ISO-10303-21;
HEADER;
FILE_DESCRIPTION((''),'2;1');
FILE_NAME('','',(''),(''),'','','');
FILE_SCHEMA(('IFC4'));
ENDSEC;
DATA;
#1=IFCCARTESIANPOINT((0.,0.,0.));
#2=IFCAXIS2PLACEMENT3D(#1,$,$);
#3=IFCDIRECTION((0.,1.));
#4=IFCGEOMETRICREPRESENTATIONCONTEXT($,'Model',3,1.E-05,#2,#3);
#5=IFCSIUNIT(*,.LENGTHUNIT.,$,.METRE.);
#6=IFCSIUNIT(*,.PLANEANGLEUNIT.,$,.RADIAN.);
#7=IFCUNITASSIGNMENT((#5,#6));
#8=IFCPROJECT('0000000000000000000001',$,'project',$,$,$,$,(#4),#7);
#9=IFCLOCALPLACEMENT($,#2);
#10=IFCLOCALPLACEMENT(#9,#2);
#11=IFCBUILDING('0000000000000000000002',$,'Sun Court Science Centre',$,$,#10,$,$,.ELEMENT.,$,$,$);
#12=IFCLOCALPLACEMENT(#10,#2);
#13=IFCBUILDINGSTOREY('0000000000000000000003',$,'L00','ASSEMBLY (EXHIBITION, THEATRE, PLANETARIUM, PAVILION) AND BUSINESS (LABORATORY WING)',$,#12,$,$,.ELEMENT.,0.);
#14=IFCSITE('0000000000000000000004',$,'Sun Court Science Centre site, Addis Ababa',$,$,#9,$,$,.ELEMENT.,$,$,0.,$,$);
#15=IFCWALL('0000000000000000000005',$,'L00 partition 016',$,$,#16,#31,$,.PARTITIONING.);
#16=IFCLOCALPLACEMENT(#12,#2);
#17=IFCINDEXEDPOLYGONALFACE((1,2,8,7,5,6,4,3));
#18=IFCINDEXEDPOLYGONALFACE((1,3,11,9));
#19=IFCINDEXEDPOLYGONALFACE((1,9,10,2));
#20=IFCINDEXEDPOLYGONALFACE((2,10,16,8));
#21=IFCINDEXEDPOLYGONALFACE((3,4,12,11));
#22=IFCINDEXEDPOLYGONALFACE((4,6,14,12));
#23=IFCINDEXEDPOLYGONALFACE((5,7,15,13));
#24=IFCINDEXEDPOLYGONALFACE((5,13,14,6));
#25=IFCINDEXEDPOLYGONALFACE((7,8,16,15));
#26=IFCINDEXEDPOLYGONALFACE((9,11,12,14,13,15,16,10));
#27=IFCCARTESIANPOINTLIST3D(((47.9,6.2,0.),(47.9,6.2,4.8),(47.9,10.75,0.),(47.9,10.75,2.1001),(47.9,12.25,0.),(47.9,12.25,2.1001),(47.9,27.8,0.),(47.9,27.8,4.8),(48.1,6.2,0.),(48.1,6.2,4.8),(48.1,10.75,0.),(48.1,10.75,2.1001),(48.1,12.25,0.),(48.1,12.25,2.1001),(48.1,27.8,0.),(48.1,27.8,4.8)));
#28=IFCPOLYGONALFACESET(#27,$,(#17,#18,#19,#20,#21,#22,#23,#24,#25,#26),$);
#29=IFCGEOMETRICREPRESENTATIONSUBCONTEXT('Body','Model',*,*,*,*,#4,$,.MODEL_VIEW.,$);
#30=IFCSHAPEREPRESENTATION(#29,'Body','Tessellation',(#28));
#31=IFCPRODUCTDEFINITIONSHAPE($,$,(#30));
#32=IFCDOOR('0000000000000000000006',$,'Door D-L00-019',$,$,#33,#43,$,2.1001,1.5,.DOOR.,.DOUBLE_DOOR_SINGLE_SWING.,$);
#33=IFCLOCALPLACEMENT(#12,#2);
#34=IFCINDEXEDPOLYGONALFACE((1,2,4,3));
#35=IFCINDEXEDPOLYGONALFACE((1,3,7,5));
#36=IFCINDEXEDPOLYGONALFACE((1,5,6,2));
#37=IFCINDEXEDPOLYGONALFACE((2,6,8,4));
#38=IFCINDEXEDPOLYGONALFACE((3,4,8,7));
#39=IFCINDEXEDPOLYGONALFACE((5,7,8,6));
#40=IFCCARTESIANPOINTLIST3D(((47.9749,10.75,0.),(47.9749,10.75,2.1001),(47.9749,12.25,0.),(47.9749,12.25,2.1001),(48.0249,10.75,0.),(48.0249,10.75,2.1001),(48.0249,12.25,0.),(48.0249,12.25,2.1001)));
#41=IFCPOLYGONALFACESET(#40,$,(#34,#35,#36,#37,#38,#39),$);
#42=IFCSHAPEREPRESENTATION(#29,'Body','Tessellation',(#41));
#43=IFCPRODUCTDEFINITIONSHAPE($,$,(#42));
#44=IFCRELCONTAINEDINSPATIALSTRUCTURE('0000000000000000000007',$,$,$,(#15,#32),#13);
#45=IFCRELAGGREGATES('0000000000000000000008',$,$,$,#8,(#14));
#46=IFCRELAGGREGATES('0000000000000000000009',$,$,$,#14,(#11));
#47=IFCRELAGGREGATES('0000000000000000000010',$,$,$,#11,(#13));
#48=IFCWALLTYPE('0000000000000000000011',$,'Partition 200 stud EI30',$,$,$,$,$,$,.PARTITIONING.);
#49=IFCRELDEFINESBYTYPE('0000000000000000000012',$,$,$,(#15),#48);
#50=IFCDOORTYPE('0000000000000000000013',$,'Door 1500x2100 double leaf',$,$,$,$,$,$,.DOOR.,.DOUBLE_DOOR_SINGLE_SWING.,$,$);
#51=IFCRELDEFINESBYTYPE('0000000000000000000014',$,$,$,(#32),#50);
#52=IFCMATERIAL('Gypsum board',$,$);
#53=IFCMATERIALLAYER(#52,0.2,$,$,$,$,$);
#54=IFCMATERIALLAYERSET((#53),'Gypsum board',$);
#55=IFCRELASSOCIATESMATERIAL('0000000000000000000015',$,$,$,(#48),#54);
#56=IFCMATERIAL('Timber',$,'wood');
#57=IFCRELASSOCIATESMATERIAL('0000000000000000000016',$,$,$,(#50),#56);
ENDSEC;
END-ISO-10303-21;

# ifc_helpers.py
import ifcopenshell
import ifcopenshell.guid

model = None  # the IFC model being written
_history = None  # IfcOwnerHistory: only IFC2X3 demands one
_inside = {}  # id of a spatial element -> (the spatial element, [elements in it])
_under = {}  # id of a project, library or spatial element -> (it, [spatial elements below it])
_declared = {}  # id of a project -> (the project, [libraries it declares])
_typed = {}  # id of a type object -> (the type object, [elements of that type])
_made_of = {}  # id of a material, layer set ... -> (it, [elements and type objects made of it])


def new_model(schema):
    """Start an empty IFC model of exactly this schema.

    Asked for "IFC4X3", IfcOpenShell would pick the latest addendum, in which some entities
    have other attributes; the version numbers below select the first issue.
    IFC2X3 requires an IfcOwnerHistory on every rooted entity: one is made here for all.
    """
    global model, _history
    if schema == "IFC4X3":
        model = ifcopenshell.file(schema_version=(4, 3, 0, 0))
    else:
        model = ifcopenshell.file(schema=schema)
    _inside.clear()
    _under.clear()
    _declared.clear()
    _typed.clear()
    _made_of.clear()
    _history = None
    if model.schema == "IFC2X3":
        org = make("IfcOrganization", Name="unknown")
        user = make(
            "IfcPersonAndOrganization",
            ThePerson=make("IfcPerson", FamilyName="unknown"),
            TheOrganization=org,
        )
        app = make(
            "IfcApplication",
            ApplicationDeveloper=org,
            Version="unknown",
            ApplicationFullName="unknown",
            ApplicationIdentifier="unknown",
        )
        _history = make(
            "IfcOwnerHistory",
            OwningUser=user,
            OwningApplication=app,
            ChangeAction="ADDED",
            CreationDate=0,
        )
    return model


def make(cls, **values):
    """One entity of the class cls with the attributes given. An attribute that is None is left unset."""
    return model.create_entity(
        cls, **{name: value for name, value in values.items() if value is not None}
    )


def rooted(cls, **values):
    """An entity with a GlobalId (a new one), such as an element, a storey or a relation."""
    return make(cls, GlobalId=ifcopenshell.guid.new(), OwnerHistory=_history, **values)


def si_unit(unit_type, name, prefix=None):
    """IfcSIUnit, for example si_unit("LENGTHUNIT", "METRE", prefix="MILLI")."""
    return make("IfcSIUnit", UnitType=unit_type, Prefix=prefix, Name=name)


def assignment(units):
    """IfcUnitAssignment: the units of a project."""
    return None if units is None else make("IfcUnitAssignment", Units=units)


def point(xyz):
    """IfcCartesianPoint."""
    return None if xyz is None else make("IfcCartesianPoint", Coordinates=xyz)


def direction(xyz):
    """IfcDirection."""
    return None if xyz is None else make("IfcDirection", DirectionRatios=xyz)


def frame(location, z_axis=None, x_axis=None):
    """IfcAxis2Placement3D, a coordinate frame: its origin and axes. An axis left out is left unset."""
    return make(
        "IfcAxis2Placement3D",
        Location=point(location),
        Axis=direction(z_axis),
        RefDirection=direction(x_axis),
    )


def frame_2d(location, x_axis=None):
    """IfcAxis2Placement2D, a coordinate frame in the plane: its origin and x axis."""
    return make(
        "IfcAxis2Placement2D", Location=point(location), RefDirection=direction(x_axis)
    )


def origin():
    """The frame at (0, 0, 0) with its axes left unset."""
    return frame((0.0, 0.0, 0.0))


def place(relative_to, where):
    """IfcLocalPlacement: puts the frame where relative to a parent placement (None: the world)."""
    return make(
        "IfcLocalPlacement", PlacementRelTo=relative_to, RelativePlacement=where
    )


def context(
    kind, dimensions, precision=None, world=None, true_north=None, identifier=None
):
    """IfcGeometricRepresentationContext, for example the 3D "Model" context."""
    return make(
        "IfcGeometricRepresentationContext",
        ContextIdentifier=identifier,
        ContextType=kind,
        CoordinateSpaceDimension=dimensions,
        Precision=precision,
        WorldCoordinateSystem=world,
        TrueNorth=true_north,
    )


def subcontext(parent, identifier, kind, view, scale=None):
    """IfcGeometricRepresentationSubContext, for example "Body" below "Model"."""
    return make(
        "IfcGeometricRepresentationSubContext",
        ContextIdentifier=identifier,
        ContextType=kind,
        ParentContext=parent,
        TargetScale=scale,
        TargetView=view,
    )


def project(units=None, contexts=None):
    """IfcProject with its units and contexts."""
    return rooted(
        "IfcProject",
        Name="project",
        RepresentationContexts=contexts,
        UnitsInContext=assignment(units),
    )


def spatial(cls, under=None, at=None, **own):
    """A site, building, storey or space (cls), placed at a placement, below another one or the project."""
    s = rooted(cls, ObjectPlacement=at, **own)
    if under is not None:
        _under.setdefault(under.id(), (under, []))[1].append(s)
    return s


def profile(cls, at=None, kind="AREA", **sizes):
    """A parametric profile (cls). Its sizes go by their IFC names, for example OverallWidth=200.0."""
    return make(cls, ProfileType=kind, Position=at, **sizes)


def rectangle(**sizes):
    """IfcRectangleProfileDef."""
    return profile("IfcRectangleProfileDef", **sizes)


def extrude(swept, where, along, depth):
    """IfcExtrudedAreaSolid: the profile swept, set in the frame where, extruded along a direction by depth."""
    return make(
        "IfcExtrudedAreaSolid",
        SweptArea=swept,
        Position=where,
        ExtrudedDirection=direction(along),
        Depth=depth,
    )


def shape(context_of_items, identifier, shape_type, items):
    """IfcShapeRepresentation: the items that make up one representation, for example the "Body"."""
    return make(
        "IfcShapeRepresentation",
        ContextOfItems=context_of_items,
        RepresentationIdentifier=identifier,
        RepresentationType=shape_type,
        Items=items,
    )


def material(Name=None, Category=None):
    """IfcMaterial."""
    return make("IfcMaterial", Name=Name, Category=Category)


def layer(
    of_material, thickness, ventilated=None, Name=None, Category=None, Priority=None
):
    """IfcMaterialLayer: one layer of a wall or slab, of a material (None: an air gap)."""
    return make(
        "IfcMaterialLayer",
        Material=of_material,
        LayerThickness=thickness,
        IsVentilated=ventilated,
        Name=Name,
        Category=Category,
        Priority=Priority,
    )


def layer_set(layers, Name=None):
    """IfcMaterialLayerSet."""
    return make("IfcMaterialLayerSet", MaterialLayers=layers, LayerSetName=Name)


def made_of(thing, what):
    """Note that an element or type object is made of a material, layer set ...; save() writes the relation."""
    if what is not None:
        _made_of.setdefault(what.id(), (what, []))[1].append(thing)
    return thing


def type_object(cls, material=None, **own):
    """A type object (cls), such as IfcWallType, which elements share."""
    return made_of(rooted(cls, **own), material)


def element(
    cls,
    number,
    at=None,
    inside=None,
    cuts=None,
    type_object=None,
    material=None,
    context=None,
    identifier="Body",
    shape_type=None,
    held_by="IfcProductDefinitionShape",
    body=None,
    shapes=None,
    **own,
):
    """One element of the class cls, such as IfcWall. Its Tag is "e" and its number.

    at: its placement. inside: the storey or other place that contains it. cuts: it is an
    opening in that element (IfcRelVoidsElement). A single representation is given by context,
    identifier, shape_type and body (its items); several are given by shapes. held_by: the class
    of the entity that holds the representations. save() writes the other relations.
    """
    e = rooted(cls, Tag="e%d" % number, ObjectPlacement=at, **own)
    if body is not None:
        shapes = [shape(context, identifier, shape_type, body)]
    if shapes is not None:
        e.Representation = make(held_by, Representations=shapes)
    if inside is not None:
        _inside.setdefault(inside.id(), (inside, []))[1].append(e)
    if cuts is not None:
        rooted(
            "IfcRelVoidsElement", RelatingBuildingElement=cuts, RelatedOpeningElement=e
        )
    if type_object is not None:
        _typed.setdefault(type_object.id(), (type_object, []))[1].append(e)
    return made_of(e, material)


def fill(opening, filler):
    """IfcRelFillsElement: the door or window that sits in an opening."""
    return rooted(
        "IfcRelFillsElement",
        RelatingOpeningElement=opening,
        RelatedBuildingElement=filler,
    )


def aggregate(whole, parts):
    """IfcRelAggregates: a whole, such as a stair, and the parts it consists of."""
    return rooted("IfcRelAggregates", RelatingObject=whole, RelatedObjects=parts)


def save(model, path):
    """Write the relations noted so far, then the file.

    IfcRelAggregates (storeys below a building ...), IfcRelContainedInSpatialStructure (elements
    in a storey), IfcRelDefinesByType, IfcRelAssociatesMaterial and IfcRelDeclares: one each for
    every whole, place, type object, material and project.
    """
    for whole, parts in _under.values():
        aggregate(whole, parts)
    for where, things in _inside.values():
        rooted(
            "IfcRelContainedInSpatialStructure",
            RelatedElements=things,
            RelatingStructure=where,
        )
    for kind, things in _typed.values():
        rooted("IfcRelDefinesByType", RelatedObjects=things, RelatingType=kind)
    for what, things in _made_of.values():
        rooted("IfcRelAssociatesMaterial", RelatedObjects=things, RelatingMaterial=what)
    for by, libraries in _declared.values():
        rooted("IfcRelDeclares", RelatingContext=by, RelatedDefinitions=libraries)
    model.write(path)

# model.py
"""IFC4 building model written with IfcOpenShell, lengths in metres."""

from ifc_helpers import new_model, si_unit, direction, frame, frame_2d, origin, place, context, subcontext, project, spatial, rectangle, extrude, material, layer, layer_set, type_object, element, fill, save


model = new_model("IFC4")

# Units and contexts
model_context = context("Model", 3, precision=1e-05, world=origin(), true_north=direction((0.0, 1.0)))
body_context = subcontext(model_context, "Body", "Model", "MODEL_VIEW")
ifc_project = project(units=[si_unit("LENGTHUNIT", "METRE"), si_unit("PLANEANGLEUNIT", "RADIAN")], contexts=[model_context])

# Site, building, storey
site_placement = place(None, origin())
site = spatial("IfcSite", under=ifc_project, at=site_placement, Name="Sun Court Science Centre site, Addis Ababa", CompositionType="ELEMENT", RefElevation=0.0)
building_placement = place(site_placement, origin())
building = spatial("IfcBuilding", under=site, at=building_placement, Name="Sun Court Science Centre", CompositionType="ELEMENT")
storey_placement = place(building_placement, origin())
storey = spatial("IfcBuildingStorey", under=building, at=storey_placement, Name="L00", Description="ASSEMBLY (EXHIBITION, THEATRE, PLANETARIUM, PAVILION) AND BUSINESS (LABORATORY WING)", CompositionType="ELEMENT", Elevation=0.0)

# Wall, opening, door
ifc_material_1 = material(Name="Gypsum board")
ifc_layer_1 = layer(ifc_material_1, 0.2)
ifc_layer_set_1 = layer_set([ifc_layer_1], Name="Gypsum board")
wall_type_1 = type_object("IfcWallType", Name="Partition 200 stud EI30", PredefinedType="PARTITIONING", material=ifc_layer_set_1)
wall_1_placement = place(storey_placement, frame((48.0, 27.8, 0.0), z_axis=(0.0, 0.0, 1.0), x_axis=(0.0, -1.0, 0.0)))
wall_1 = element("IfcWall", 1, at=wall_1_placement, inside=storey, type_object=wall_type_1, Name="L00 partition 016", PredefinedType="PARTITIONING", context=body_context, shape_type="SweptSolid", body=[
    extrude(rectangle(XDim=21.6001, YDim=0.2, at=frame_2d((10.8, 0.0))), origin(), (0.0, 0.0, 1.0), 4.8),
])
opening_placement = place(wall_1_placement, frame((15.55, 0.0, 0.0)))
opening = element("IfcOpeningElement", 2, at=opening_placement, cuts=wall_1, PredefinedType="OPENING", context=body_context, shape_type="SweptSolid", body=[
    extrude(rectangle(XDim=1.5, YDim=2.1001, at=frame_2d((0.75, 1.05))), frame((0.0, 0.1099, 0.0), z_axis=(0.0, -1.0, 0.0), x_axis=(1.0, 0.0, 0.0)), (0.0, 0.0, 1.0), 0.22),
])
ifc_material_2 = material(Name="Timber", Category="wood")
door_type = type_object("IfcDoorType", Name="Door 1500x2100 double leaf", OperationType="DOUBLE_DOOR_SINGLE_SWING", PredefinedType="DOOR", material=ifc_material_2)
door_placement = place(opening_placement, origin())
door = element("IfcDoor", 3, at=door_placement, inside=storey, type_object=door_type, Name="Door D-L00-019", OperationType="DOUBLE_DOOR_SINGLE_SWING", OverallHeight=2.1001, OverallWidth=1.5, PredefinedType="DOOR", context=body_context, shape_type="SweptSolid", body=[
    extrude(rectangle(XDim=1.5, YDim=2.1001, at=frame_2d((0.75, 1.05))), frame((0.0, 0.0249, 0.0), z_axis=(0.0, -1.0, 0.0), x_axis=(1.0, 0.0, 0.0)), (0.0, 0.0, 1.0), 0.05),
])
fill(opening, door)

save(model, "model.ifc")
